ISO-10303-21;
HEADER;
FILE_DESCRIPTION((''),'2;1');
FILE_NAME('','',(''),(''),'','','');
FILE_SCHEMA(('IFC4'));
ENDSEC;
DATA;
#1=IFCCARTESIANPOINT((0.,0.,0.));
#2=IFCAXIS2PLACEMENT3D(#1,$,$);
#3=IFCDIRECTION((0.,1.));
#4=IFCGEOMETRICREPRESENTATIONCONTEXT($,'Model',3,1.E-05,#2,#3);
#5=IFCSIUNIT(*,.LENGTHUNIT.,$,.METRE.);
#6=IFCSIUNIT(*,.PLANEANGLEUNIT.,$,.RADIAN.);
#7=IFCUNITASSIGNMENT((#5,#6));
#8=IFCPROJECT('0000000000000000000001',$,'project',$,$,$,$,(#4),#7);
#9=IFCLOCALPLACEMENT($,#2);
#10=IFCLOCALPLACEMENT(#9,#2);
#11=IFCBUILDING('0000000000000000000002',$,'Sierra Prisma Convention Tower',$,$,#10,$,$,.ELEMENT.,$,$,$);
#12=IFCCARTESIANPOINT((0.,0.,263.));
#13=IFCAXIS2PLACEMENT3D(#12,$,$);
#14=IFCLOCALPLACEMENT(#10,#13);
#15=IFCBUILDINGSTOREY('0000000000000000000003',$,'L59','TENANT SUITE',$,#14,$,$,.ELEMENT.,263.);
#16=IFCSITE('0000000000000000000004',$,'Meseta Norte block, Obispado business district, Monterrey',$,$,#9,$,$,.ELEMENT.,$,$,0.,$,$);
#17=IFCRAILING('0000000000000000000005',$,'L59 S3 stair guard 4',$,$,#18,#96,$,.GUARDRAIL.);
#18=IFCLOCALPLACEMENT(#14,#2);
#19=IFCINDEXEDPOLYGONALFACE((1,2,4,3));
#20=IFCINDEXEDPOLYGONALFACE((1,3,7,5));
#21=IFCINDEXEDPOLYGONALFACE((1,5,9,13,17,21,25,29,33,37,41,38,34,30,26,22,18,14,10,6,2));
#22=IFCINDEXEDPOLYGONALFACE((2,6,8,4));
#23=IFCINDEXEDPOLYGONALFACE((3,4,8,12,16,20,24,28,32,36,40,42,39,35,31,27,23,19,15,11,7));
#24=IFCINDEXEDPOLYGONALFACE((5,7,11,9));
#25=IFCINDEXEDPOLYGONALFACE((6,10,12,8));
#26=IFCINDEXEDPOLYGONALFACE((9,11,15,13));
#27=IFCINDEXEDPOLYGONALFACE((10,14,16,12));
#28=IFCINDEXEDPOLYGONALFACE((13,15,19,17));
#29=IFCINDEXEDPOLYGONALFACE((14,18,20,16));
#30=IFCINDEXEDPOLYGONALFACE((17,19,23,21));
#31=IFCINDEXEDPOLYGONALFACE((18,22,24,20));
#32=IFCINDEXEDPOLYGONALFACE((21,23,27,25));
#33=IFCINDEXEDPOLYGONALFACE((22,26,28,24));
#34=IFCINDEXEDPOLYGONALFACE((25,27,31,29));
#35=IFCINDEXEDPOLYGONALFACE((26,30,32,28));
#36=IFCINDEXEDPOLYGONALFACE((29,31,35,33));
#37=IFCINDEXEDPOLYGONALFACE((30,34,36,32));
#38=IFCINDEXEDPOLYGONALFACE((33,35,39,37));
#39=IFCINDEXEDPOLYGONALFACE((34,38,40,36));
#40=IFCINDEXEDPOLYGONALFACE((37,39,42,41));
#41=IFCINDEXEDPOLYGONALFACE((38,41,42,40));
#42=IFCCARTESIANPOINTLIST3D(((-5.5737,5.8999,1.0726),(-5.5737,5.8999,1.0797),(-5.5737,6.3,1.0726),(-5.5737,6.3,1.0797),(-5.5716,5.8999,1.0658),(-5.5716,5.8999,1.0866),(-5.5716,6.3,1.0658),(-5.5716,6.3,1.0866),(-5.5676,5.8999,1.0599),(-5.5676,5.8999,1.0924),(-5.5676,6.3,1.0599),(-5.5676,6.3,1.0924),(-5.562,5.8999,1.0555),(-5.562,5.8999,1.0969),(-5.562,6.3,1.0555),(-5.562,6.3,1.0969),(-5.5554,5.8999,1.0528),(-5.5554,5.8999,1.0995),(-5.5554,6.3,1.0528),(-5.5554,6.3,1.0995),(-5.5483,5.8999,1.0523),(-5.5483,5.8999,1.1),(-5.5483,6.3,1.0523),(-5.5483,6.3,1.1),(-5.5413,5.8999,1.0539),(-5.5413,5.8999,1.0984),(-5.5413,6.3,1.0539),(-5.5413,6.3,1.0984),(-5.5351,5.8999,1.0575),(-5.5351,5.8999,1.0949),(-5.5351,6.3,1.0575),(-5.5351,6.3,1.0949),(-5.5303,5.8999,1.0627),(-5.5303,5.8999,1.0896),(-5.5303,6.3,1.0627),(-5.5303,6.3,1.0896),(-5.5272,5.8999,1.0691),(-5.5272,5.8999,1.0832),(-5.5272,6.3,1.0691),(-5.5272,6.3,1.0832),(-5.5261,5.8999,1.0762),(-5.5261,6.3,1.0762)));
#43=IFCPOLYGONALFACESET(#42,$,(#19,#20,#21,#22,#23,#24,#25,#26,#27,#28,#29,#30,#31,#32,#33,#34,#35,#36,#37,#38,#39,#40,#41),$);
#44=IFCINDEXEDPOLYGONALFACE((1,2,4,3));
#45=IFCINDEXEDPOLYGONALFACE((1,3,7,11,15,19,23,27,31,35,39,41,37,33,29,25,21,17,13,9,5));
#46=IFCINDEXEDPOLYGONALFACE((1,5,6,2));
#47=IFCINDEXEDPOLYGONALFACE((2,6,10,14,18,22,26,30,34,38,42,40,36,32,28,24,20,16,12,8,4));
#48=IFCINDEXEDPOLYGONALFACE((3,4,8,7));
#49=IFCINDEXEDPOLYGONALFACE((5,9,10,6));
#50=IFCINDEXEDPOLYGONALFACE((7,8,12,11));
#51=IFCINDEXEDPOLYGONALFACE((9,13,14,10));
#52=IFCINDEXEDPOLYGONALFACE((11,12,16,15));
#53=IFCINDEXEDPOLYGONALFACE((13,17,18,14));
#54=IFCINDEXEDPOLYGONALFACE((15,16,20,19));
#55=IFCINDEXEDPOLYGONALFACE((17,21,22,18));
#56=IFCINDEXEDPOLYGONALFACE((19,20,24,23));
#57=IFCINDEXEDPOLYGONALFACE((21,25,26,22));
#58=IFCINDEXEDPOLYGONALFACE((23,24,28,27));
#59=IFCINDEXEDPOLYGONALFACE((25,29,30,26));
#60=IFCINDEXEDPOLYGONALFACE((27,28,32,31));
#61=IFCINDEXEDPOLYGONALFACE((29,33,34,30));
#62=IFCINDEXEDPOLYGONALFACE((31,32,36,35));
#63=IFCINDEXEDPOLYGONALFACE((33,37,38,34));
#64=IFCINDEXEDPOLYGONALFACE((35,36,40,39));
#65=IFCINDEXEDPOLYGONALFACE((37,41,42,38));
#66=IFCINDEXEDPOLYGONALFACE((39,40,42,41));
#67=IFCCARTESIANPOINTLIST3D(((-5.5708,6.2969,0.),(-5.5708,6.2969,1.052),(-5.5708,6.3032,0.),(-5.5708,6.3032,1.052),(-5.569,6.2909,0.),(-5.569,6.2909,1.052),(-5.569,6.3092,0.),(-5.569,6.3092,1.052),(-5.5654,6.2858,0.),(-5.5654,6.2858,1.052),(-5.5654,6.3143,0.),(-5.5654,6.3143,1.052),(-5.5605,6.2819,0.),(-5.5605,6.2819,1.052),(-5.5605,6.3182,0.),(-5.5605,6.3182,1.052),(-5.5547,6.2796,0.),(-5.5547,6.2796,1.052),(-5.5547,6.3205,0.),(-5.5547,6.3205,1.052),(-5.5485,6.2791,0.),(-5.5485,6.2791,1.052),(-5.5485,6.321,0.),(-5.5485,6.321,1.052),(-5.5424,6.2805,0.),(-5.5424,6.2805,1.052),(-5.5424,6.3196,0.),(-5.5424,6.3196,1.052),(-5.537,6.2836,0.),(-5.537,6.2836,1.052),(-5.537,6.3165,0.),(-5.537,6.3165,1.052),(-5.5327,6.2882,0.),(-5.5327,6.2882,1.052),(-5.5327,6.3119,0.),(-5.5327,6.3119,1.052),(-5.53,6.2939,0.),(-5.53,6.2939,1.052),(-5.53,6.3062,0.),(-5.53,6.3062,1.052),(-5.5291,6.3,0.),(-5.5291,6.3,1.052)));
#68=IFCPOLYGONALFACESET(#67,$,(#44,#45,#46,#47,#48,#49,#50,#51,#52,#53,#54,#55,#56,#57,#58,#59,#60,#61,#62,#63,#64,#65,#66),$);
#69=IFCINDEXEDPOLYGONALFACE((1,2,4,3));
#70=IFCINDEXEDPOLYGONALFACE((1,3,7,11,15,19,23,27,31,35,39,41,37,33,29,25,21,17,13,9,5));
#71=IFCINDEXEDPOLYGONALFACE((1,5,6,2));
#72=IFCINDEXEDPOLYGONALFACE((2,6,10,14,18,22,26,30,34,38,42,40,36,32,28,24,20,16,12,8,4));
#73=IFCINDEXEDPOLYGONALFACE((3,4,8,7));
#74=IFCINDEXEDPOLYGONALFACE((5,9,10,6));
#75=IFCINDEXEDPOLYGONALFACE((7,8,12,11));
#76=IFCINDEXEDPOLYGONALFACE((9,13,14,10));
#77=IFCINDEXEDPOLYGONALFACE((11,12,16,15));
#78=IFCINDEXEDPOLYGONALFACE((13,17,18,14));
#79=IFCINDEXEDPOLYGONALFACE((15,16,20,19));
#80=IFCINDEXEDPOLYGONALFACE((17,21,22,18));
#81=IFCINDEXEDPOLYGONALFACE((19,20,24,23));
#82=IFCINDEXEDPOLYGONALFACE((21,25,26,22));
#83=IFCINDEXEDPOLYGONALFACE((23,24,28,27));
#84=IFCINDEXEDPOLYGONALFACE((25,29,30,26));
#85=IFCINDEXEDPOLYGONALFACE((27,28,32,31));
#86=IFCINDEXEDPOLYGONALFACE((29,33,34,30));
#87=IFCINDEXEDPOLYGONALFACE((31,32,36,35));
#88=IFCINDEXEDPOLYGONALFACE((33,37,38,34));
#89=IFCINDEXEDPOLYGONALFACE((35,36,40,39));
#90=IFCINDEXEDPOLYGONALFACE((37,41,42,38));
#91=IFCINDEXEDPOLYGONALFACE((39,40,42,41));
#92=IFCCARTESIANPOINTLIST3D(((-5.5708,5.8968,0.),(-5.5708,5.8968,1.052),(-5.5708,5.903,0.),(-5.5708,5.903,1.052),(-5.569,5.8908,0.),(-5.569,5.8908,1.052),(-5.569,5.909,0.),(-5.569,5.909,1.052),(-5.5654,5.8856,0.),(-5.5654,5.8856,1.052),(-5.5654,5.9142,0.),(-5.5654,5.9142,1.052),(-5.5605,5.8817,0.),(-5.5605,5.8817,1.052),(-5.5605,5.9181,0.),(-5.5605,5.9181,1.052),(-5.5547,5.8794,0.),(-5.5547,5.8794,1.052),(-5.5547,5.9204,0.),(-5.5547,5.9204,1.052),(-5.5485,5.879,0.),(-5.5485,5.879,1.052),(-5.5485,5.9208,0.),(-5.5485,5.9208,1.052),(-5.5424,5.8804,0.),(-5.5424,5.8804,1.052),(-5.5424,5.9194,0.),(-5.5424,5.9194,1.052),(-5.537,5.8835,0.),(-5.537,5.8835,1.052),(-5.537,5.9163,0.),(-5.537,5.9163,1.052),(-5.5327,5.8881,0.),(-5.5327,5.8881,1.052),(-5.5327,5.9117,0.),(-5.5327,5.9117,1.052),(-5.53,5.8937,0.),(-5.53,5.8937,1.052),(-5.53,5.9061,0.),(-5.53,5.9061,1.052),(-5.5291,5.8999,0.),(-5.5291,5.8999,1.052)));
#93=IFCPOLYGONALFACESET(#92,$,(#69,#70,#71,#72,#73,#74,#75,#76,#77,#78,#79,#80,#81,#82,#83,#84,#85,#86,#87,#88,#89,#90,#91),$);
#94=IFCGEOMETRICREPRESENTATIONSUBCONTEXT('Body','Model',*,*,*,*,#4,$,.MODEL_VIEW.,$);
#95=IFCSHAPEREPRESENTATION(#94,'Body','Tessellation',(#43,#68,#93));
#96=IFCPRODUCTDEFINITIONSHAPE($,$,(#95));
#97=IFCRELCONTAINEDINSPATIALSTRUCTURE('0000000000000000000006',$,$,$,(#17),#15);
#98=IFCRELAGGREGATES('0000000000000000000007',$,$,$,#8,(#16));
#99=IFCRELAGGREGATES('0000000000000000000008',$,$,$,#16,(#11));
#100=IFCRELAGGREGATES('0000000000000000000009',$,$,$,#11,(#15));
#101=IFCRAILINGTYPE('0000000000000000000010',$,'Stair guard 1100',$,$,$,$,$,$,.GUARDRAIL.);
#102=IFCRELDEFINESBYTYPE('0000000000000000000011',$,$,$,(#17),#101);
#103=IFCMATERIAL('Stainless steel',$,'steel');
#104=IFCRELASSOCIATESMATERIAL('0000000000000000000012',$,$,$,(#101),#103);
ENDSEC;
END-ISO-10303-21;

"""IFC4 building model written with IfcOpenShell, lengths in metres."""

from ifc_helpers import new_model, si_unit, direction, frame, origin, origin_2d, place, context, subcontext, project, spatial, circle, extrude, material, type_object, element, save


model = new_model("IFC4")

# Units and contexts
model_context = context("Model", 3, precision=1e-05, world=origin(), true_north=direction((0.0, 1.0)))
body_context = subcontext(model_context, "Body", "Model", "MODEL_VIEW")
ifc_project = project(units=[si_unit("LENGTHUNIT", "METRE"), si_unit("PLANEANGLEUNIT", "RADIAN")], contexts=[model_context])

# Site, building, storey
site_placement = place(None, origin())
site = spatial("IfcSite", under=ifc_project, at=site_placement, Name="Meseta Norte block, Obispado business district, Monterrey", CompositionType="ELEMENT", RefElevation=0.0)
building_placement = place(site_placement, origin())
building = spatial("IfcBuilding", under=site, at=building_placement, Name="Sierra Prisma Convention Tower", CompositionType="ELEMENT")
storey_placement = place(building_placement, frame((0.0, 0.0, 263.0)))
storey = spatial("IfcBuildingStorey", under=building, at=storey_placement, Name="L59", Description="TENANT SUITE", CompositionType="ELEMENT", Elevation=263.0)

# Railing
ifc_material_1 = material(Name="Stainless steel", Category="steel")
railing_type_1 = type_object("IfcRailingType", Name="Stair guard 1100", PredefinedType="GUARDRAIL", material=ifc_material_1)
railing_1_placement = place(storey_placement, frame((-5.55, 6.3, 0.0)))
element("IfcRailing", 1, at=railing_1_placement, inside=storey, type_object=railing_type_1, Name="L59 S3 stair guard 4", PredefinedType="GUARDRAIL", context=body_context, shape_type="SweptSolid", body=[
    extrude(circle(Radius=0.0239, at=origin_2d()), frame((0.0, 0.0, 1.0762), z_axis=(0.0, -1.0, 0.0), x_axis=(1.0, 0.0, 0.0)), (0.0, 0.0, 1.0), 0.4001),
    extrude(circle(Radius=0.021, at=origin_2d()), origin(), (0.0, 0.0, 1.0), 1.052),
    extrude(circle(Radius=0.021, at=origin_2d()), frame((0.0, -0.4001, 0.0)), (0.0, 0.0, 1.0), 1.052),
])

save(model, "model.ifc")
